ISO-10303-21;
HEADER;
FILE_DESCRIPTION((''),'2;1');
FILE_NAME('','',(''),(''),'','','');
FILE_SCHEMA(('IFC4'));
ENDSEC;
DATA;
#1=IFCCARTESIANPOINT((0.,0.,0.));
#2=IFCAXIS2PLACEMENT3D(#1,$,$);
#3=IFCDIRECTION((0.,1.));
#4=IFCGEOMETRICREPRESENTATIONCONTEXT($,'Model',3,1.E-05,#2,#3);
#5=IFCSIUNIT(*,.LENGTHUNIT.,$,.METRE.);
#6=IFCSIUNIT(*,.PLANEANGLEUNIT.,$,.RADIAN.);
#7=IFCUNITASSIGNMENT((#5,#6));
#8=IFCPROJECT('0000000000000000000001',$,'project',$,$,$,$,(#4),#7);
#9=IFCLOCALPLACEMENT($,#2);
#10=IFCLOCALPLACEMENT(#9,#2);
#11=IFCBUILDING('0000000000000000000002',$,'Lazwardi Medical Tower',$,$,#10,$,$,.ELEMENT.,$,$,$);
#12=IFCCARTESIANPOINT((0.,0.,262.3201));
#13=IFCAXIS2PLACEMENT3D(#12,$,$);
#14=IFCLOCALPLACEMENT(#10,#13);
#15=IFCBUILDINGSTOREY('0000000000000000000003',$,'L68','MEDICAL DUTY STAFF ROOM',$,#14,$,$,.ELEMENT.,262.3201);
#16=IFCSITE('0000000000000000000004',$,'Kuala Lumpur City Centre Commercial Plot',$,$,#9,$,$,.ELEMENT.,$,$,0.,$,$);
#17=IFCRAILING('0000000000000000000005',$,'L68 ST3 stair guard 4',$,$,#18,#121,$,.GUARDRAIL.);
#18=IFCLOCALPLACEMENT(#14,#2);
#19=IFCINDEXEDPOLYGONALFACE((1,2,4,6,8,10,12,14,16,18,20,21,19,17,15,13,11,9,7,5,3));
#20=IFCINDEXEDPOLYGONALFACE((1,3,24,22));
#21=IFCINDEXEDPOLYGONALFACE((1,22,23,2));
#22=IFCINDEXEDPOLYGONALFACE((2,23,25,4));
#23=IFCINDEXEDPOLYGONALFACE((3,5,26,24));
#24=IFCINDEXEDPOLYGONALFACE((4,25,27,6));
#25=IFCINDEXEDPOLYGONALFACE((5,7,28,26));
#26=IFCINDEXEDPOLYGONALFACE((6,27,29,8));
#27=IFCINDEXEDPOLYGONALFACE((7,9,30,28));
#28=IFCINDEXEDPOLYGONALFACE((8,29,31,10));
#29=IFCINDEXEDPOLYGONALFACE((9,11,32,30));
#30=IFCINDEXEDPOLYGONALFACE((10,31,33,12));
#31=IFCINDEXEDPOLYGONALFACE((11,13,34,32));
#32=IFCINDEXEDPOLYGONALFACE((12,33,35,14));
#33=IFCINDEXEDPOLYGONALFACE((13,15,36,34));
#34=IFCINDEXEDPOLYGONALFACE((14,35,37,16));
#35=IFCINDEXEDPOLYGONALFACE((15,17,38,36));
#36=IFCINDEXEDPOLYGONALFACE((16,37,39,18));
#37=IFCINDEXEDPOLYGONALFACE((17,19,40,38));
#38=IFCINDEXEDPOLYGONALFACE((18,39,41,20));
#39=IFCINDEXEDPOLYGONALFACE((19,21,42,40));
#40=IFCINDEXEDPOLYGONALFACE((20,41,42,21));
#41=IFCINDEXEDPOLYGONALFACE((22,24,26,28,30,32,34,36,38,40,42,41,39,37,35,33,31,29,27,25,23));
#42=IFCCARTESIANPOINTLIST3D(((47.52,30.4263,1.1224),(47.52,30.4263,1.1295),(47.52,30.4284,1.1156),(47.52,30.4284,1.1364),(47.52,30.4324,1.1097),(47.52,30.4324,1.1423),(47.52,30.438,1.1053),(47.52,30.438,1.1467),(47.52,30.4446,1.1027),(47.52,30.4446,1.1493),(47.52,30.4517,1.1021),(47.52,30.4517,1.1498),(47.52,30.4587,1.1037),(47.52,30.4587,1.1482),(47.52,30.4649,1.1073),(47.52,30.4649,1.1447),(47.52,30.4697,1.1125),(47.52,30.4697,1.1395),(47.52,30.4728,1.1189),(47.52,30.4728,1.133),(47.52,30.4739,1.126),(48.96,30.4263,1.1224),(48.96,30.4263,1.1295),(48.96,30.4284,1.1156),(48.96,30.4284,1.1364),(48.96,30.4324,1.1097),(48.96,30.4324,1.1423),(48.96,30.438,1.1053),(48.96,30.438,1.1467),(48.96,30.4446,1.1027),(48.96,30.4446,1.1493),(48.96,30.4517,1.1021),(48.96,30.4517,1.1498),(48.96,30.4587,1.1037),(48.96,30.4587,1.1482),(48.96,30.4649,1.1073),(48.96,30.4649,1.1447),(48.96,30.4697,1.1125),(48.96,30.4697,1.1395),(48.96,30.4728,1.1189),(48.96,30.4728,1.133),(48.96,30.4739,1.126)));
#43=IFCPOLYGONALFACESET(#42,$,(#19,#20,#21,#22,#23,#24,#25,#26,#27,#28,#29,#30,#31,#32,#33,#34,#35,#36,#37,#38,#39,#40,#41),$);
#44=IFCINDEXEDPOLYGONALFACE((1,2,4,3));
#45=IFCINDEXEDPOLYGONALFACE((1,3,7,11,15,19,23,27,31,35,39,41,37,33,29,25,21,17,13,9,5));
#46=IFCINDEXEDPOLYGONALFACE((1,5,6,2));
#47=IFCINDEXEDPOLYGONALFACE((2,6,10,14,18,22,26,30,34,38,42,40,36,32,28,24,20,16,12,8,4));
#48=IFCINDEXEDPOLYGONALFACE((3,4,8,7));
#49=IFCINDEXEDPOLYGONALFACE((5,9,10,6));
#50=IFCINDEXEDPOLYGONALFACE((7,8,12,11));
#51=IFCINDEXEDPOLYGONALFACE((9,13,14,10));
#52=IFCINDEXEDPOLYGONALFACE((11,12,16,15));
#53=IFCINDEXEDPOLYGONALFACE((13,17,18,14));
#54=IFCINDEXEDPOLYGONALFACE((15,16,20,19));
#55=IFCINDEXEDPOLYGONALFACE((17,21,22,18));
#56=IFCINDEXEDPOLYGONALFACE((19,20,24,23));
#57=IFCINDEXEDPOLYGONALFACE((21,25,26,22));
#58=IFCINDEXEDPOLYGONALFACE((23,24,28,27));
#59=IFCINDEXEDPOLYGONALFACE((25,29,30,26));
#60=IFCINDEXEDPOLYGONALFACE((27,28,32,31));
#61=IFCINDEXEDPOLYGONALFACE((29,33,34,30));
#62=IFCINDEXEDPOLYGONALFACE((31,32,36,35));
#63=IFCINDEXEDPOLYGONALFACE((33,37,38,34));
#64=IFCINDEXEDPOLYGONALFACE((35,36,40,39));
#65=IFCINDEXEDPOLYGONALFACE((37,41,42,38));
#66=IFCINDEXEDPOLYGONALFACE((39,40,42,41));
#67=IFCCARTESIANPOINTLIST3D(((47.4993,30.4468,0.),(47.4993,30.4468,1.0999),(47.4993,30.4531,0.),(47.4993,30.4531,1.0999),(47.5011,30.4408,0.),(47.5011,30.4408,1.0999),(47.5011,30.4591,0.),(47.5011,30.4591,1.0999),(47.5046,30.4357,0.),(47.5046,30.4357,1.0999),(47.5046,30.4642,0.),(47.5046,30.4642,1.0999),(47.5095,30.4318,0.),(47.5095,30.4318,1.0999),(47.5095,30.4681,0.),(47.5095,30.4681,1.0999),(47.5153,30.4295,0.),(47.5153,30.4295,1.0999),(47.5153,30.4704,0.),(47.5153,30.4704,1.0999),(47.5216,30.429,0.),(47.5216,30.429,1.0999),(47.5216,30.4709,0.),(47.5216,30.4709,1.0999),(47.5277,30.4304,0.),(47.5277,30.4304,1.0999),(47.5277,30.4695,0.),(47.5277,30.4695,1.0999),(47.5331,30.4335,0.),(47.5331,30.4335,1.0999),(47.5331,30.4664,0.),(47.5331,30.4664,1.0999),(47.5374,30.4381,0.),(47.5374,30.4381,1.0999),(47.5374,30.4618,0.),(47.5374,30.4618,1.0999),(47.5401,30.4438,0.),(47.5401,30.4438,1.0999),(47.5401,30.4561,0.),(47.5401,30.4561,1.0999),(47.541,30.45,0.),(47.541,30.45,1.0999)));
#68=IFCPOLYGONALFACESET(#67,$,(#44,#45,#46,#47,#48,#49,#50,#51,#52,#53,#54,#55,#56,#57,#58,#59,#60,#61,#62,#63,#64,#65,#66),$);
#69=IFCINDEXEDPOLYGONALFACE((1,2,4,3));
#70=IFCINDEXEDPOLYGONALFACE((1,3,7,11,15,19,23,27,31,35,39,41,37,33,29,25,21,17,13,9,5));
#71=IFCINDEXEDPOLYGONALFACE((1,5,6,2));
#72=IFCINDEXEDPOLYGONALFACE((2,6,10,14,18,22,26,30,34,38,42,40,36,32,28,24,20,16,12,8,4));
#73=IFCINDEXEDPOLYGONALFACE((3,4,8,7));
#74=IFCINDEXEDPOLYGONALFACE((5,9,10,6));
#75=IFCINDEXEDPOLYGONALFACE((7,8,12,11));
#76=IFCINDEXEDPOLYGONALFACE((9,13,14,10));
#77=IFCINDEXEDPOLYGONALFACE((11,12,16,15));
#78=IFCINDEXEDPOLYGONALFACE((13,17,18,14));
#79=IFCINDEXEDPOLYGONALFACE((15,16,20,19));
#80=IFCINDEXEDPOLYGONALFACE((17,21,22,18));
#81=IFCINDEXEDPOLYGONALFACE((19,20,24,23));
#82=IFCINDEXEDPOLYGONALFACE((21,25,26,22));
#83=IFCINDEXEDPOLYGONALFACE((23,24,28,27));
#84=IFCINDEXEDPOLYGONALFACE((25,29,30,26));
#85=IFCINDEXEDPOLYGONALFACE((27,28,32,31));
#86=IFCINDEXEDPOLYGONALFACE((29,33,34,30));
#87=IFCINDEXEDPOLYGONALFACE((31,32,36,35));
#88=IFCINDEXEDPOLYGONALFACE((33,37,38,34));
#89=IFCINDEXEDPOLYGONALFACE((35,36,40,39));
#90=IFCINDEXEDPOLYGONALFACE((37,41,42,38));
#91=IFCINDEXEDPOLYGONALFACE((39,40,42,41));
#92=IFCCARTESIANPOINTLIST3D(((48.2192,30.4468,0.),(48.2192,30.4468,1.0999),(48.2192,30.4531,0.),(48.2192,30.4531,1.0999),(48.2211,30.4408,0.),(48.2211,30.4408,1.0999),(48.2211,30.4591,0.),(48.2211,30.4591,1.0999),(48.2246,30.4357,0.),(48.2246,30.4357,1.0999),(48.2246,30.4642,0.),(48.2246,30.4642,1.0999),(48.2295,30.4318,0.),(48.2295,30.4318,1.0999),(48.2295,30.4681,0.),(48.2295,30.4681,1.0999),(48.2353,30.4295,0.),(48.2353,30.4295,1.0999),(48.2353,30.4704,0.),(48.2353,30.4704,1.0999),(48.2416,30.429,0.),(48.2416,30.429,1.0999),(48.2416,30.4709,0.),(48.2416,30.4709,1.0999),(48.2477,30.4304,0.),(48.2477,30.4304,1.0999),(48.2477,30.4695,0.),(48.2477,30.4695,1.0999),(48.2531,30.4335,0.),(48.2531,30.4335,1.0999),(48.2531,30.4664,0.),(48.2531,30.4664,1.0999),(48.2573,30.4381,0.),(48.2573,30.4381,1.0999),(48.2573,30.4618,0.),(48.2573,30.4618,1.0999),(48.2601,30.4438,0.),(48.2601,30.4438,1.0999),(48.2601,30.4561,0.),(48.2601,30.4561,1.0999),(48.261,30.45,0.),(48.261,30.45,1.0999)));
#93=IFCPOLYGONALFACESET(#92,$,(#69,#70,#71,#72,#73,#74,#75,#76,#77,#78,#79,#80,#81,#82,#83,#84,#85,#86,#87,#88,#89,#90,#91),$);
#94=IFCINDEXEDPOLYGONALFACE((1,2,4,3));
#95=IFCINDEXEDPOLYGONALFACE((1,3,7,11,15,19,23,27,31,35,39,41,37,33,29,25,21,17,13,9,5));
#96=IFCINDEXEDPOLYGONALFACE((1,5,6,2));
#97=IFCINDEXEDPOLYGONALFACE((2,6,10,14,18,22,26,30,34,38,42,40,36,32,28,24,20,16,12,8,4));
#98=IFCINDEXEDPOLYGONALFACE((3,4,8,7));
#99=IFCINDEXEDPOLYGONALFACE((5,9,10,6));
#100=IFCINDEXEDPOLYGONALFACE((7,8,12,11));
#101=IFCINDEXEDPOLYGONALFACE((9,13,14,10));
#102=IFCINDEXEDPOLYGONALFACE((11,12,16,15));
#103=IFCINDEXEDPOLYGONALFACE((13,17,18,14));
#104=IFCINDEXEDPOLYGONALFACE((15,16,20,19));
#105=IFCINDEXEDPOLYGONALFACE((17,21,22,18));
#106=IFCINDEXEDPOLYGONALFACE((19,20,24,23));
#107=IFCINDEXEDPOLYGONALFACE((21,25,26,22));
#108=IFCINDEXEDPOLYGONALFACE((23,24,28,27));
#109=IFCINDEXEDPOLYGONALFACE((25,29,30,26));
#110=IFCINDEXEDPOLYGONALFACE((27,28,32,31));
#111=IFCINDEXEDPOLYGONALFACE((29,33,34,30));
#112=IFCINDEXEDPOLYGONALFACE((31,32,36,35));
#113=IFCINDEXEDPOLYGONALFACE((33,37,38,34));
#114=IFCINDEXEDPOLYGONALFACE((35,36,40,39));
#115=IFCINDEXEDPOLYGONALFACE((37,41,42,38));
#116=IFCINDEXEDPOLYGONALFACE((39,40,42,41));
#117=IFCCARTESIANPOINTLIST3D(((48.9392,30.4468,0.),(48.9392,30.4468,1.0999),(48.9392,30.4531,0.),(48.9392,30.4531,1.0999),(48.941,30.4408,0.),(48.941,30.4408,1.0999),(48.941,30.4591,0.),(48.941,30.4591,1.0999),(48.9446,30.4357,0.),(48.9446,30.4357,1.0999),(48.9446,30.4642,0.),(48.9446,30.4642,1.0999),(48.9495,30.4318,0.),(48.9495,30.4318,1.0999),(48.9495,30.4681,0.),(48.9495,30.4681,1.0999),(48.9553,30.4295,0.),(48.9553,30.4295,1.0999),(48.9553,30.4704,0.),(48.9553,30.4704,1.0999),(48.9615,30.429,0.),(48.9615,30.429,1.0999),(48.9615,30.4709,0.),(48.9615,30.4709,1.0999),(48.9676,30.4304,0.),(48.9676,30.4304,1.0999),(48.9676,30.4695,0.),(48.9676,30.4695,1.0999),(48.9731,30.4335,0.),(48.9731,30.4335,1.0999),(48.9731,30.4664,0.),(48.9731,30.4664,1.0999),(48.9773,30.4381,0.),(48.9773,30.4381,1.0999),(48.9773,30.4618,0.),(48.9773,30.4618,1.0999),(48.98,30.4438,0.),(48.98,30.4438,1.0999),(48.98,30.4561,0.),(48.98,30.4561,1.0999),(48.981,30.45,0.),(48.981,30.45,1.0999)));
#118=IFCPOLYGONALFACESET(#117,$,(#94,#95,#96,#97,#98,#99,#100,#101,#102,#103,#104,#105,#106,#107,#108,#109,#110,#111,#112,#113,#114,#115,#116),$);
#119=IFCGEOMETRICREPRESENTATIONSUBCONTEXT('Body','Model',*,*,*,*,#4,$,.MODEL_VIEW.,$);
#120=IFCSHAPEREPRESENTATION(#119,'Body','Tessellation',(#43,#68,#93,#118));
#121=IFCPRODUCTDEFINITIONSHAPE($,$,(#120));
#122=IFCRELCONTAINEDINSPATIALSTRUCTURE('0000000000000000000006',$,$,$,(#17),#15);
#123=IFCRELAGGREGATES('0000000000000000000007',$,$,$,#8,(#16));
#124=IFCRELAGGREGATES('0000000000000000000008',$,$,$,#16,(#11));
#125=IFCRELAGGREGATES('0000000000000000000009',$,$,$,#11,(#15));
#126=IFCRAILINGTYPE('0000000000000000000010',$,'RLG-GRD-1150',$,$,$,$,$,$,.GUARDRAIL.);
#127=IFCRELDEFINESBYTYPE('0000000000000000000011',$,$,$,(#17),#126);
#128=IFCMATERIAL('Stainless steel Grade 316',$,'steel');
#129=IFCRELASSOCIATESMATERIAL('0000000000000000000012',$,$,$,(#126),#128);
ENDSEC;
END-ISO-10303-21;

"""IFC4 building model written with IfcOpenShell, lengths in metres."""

from ifc_helpers import new_model, si_unit, direction, frame, origin, origin_2d, place, context, subcontext, project, spatial, circle, extrude, material, type_object, element, save


model = new_model("IFC4")

# Units and contexts
model_context = context("Model", 3, precision=1e-05, world=origin(), true_north=direction((0.0, 1.0)))
body_context = subcontext(model_context, "Body", "Model", "MODEL_VIEW")
ifc_project = project(units=[si_unit("LENGTHUNIT", "METRE"), si_unit("PLANEANGLEUNIT", "RADIAN")], contexts=[model_context])

# Site, building, storey
site_placement = place(None, origin())
site = spatial("IfcSite", under=ifc_project, at=site_placement, Name="Kuala Lumpur City Centre Commercial Plot", CompositionType="ELEMENT", RefElevation=0.0)
building_placement = place(site_placement, origin())
building = spatial("IfcBuilding", under=site, at=building_placement, Name="Lazwardi Medical Tower", CompositionType="ELEMENT")
storey_placement = place(building_placement, frame((0.0, 0.0, 262.3201)))
storey = spatial("IfcBuildingStorey", under=building, at=storey_placement, Name="L68", Description="MEDICAL DUTY STAFF ROOM", CompositionType="ELEMENT", Elevation=262.3201)

# Railing
ifc_material_1 = material(Name="Stainless steel Grade 316", Category="steel")
railing_type = type_object("IfcRailingType", Name="RLG-GRD-1150", PredefinedType="GUARDRAIL", material=ifc_material_1)
railing_1_placement = place(storey_placement, frame((47.52, 30.45, 0.0)))
element("IfcRailing", 1, at=railing_1_placement, inside=storey, type_object=railing_type, Name="L68 ST3 stair guard 4", PredefinedType="GUARDRAIL", context=body_context, shape_type="SweptSolid", body=[
    extrude(circle(Radius=0.0239, at=origin_2d()), frame((0.0, 0.0, 1.126), z_axis=(1.0, 0.0, 0.0), x_axis=(0.0, 1.0, 0.0)), (0.0, 0.0, 1.0), 1.4399),
    extrude(circle(Radius=0.021, at=origin_2d()), origin(), (0.0, 0.0, 1.0), 1.0999),
    extrude(circle(Radius=0.021, at=origin_2d()), frame((0.72, 0.0, 0.0)), (0.0, 0.0, 1.0), 1.0999),
    extrude(circle(Radius=0.021, at=origin_2d()), frame((1.4399, 0.0, 0.0)), (0.0, 0.0, 1.0), 1.0999),
])

save(model, "model.ifc")
